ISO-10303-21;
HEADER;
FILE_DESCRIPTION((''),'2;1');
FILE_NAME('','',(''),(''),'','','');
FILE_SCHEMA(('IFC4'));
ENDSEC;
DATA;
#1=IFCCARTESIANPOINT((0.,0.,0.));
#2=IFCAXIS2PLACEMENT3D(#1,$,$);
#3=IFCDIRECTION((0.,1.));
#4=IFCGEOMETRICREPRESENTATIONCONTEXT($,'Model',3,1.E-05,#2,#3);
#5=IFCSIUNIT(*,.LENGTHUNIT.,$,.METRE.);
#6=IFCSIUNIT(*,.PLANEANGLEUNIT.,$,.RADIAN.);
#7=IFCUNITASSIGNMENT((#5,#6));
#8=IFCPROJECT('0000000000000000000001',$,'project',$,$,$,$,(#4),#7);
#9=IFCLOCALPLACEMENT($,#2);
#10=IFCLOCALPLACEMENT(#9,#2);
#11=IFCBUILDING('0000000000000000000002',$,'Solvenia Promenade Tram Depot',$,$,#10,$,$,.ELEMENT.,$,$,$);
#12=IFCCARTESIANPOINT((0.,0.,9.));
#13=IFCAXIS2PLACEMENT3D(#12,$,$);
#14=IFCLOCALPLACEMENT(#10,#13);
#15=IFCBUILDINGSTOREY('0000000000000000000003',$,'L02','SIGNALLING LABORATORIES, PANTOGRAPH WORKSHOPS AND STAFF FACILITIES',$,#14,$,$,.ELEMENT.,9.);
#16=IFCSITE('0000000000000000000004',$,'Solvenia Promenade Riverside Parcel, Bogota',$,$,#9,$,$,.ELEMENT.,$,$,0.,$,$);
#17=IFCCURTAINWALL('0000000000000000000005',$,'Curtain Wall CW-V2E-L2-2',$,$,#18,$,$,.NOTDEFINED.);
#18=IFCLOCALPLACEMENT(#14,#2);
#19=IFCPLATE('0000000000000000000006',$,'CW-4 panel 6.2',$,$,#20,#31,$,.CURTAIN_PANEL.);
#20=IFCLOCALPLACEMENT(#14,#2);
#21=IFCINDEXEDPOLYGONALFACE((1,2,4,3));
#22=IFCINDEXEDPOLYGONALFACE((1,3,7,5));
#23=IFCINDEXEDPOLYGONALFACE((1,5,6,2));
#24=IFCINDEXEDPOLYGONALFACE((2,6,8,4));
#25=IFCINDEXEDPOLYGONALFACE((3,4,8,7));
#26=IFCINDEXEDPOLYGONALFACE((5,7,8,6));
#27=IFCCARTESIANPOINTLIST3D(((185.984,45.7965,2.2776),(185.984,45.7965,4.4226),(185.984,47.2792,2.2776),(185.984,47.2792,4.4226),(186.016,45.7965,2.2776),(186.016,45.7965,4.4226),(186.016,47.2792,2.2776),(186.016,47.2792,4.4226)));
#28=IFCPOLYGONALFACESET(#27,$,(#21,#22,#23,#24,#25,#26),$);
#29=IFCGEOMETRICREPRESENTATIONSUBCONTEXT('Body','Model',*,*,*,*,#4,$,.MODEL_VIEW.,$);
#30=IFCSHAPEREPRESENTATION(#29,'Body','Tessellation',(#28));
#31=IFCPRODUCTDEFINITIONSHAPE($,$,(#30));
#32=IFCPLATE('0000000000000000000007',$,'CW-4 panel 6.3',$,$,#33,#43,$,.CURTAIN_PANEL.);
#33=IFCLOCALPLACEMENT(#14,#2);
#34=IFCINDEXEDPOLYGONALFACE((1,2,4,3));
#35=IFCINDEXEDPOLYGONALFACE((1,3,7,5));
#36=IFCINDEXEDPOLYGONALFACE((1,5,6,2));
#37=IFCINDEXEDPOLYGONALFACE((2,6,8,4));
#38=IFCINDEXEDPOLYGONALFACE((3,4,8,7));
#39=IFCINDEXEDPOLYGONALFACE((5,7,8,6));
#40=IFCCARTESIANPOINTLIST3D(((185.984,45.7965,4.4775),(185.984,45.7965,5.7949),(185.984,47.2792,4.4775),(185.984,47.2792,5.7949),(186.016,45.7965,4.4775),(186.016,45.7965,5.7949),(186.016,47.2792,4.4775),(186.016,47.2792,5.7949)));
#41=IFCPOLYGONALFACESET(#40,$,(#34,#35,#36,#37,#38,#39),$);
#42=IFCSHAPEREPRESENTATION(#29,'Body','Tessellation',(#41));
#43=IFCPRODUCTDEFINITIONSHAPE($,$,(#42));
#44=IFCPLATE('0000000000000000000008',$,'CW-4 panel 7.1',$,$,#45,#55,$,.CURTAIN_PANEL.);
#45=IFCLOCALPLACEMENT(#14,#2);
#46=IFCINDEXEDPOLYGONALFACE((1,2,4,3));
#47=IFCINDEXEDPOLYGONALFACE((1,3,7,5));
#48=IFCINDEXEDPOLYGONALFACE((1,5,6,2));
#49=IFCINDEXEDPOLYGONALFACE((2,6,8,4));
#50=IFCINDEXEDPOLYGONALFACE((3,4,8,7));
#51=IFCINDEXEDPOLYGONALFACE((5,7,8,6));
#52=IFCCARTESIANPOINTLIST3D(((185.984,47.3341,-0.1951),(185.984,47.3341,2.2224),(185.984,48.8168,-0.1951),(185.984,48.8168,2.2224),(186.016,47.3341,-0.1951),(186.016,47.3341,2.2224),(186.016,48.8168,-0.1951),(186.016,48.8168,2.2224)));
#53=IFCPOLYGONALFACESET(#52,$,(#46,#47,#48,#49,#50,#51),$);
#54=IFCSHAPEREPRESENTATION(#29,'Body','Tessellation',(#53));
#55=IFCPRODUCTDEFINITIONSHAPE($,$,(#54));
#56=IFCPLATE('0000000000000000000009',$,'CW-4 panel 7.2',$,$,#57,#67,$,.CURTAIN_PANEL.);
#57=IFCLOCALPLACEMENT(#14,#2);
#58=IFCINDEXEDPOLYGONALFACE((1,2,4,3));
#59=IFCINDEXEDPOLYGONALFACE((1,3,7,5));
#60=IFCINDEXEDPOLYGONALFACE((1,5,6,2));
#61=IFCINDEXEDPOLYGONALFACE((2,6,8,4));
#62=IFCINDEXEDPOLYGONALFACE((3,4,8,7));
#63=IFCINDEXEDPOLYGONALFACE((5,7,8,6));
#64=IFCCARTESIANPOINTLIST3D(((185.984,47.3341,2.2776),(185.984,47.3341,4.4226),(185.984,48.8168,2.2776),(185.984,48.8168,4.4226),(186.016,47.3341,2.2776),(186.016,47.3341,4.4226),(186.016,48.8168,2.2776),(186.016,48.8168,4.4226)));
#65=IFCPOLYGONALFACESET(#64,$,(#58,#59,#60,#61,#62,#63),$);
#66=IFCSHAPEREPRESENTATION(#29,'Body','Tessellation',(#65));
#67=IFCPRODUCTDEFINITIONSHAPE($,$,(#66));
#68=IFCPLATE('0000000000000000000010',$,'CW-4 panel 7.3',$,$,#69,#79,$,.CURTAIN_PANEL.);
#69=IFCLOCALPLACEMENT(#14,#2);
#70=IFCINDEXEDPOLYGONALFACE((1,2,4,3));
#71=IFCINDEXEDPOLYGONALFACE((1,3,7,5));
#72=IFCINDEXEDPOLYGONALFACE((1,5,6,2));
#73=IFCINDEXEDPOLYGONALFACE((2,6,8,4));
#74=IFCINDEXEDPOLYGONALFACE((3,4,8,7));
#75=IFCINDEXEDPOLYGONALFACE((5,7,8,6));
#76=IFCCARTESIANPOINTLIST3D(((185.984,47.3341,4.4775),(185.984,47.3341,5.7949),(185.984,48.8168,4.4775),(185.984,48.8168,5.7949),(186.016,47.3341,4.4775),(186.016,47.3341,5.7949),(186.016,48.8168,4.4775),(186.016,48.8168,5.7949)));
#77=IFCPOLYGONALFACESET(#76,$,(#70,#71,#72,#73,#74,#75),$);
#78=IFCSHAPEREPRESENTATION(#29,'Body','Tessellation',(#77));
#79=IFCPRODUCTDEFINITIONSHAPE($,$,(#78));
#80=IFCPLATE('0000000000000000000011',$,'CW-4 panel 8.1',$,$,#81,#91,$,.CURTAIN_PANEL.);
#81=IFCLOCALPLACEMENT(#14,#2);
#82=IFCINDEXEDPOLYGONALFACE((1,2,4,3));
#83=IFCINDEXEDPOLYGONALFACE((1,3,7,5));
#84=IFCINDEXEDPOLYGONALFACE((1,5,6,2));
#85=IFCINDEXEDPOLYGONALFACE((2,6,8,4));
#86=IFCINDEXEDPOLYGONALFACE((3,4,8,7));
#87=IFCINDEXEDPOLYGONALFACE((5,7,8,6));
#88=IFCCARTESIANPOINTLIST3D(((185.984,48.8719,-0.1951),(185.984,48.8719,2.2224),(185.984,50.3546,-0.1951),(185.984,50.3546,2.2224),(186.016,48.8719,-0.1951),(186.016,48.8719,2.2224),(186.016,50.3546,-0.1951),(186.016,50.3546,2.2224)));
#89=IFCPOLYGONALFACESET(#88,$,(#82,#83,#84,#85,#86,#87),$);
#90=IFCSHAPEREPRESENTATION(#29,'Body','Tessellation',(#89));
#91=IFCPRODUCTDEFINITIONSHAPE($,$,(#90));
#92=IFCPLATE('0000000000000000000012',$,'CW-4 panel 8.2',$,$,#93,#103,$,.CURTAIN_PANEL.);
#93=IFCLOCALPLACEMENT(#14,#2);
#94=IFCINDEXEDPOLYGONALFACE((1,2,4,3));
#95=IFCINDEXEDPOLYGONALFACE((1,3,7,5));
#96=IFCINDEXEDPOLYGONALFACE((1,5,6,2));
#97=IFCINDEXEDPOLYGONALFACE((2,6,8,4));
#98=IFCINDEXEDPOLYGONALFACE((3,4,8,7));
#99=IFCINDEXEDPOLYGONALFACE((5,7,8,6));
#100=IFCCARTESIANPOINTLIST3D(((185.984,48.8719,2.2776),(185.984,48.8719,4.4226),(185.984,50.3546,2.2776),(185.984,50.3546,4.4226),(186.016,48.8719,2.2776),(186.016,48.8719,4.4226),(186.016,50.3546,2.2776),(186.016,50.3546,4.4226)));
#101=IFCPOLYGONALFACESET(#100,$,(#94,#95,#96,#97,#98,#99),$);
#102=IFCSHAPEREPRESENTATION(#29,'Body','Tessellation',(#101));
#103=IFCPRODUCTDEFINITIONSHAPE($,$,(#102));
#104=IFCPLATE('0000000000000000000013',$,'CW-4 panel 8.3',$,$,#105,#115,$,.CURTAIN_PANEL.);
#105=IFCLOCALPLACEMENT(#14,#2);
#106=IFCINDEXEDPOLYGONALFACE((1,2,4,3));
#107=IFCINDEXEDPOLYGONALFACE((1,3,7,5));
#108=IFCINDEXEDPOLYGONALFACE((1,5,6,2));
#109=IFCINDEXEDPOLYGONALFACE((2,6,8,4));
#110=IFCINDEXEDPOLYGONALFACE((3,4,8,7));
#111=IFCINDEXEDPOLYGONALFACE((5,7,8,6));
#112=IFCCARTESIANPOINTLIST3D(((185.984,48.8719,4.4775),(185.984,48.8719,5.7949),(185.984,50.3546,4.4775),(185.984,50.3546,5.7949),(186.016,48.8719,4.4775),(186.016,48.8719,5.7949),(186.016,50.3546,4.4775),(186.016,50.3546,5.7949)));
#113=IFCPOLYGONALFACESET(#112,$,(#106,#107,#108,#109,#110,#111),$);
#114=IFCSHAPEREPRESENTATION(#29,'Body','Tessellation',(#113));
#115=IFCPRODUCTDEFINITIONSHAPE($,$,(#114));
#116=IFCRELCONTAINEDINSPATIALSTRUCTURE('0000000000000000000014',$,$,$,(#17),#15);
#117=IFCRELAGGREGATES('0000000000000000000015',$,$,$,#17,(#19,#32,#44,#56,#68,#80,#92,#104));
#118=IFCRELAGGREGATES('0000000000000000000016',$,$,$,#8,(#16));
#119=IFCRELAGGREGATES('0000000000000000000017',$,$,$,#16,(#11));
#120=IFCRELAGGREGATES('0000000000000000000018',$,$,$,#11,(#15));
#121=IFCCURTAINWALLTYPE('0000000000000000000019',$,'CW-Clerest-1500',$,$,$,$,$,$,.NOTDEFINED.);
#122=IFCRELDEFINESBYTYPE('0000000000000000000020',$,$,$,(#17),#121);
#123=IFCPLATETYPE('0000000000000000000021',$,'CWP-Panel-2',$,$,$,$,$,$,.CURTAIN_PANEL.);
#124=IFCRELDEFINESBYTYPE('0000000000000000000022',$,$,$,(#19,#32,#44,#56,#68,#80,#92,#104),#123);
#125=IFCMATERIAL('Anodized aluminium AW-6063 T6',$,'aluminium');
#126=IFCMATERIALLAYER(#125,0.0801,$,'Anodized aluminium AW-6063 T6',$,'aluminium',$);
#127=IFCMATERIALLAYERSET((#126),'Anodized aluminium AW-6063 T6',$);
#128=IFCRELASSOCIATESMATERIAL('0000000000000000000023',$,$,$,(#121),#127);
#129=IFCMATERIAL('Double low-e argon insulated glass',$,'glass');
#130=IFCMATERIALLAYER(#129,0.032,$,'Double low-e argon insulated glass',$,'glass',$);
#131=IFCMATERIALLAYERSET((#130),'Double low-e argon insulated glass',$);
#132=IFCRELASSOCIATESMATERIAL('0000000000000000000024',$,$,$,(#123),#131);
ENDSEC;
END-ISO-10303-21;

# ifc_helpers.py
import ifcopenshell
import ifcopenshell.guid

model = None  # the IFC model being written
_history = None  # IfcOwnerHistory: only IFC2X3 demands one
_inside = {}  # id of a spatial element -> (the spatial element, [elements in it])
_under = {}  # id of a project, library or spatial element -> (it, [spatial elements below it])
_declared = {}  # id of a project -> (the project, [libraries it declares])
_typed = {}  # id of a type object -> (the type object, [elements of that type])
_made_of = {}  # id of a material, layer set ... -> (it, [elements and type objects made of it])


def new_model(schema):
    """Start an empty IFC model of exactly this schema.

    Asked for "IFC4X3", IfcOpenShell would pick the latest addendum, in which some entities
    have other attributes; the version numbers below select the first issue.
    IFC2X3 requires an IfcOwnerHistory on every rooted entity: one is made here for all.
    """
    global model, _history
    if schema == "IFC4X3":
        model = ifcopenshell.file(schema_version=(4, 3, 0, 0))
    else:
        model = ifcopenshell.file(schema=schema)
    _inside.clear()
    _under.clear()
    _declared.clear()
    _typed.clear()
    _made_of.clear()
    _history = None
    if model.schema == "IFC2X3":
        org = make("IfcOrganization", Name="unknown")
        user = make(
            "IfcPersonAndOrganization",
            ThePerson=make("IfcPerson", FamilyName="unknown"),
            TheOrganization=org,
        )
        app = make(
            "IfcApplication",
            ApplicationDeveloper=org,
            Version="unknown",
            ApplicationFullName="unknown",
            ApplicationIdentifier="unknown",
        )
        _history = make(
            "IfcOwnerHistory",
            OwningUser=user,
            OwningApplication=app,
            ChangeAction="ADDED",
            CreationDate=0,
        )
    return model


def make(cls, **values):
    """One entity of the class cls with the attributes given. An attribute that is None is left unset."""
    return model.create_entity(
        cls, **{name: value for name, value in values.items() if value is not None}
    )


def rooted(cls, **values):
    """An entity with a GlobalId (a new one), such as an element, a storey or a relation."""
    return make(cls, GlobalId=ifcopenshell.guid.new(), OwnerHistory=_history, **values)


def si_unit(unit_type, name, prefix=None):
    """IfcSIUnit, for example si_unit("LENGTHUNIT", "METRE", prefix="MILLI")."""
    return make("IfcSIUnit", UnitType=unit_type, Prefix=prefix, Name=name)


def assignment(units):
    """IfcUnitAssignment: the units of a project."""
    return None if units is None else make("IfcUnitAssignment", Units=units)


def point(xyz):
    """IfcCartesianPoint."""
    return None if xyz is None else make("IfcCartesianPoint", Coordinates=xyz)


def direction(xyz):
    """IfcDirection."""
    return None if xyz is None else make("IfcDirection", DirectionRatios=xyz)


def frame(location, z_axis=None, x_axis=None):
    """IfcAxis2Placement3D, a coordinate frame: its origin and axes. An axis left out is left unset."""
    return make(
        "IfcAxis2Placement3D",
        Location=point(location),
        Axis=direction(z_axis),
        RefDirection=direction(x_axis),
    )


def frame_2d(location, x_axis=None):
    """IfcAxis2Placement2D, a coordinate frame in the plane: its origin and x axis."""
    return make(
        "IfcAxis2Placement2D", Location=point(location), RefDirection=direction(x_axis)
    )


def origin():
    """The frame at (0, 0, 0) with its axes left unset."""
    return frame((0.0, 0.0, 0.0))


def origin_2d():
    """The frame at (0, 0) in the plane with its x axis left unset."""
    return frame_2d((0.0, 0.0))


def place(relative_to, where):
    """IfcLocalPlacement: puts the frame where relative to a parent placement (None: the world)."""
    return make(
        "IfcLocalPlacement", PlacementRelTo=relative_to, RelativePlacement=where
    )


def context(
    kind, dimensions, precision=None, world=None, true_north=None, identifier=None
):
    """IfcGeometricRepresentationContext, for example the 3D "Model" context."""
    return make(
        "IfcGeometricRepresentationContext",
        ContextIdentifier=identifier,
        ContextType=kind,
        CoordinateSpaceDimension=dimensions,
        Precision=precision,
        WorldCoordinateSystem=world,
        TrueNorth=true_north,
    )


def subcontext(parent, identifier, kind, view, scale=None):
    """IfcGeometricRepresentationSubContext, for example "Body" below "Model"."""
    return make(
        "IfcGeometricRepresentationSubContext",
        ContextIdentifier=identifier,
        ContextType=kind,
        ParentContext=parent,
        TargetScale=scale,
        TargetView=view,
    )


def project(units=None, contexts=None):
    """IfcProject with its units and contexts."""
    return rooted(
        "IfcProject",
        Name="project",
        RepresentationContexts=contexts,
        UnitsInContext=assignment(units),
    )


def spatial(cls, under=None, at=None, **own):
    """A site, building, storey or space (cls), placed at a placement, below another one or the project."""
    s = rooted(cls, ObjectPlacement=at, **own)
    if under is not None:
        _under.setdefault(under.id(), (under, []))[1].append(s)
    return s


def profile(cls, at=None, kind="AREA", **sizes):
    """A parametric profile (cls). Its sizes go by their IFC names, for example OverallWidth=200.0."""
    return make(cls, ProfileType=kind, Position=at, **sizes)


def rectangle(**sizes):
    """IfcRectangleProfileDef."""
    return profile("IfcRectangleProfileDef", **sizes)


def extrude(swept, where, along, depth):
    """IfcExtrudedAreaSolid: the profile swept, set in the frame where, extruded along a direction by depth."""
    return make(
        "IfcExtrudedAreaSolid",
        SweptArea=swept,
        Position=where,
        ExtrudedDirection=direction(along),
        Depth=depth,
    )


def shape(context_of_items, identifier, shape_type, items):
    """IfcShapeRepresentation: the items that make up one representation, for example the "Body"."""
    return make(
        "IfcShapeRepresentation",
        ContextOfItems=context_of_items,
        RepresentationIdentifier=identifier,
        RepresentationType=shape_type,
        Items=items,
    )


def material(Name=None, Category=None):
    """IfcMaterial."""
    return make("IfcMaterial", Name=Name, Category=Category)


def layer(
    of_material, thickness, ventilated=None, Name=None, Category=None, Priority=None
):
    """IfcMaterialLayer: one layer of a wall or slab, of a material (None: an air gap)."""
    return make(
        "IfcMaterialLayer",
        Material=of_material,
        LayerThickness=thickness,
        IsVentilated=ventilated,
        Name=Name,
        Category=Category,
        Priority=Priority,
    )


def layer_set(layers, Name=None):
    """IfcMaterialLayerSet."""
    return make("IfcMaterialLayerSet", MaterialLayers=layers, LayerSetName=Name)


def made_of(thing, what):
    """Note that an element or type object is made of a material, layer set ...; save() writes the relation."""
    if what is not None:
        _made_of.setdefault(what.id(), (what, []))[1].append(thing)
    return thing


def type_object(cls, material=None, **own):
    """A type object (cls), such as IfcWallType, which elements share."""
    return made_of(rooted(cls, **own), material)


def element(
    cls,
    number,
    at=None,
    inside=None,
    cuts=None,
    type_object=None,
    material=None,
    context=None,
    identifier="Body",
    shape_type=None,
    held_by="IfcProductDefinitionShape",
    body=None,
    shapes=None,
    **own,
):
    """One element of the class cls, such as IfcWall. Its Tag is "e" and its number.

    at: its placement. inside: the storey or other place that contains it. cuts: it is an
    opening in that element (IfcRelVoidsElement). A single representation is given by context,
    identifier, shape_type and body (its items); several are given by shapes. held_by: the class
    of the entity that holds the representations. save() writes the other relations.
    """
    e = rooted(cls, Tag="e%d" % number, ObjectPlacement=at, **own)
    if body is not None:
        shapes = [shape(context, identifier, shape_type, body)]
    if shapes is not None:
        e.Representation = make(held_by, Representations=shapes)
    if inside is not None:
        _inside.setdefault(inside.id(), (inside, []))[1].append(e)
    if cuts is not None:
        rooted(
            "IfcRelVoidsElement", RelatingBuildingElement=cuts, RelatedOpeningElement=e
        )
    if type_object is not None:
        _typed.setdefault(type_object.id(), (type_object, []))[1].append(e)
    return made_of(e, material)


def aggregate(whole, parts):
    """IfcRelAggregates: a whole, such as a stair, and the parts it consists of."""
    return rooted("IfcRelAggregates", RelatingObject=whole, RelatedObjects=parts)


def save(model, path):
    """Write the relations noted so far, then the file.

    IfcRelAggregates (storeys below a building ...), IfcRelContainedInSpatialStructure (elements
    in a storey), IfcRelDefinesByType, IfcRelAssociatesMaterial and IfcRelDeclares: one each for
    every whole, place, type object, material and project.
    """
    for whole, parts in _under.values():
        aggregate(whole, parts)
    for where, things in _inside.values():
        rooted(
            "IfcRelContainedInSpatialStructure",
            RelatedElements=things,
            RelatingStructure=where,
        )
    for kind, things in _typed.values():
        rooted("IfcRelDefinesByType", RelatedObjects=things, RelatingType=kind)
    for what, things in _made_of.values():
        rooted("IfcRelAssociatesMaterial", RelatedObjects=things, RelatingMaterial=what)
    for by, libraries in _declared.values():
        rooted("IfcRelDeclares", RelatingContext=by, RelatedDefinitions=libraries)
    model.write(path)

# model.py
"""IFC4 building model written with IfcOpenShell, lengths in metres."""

from ifc_helpers import new_model, si_unit, direction, frame, origin, origin_2d, place, context, subcontext, project, spatial, rectangle, extrude, material, layer, layer_set, type_object, element, aggregate, save


model = new_model("IFC4")

# Units and contexts
model_context = context("Model", 3, precision=1e-05, world=origin(), true_north=direction((0.0, 1.0)))
body_context = subcontext(model_context, "Body", "Model", "MODEL_VIEW")
ifc_project = project(units=[si_unit("LENGTHUNIT", "METRE"), si_unit("PLANEANGLEUNIT", "RADIAN")], contexts=[model_context])

# Site, building, storey
site_placement = place(None, origin())
site = spatial("IfcSite", under=ifc_project, at=site_placement, Name="Solvenia Promenade Riverside Parcel, Bogota", CompositionType="ELEMENT", RefElevation=0.0)
building_placement = place(site_placement, origin())
building = spatial("IfcBuilding", under=site, at=building_placement, Name="Solvenia Promenade Tram Depot", CompositionType="ELEMENT")
storey_placement = place(building_placement, frame((0.0, 0.0, 9.0)))
storey = spatial("IfcBuildingStorey", under=building, at=storey_placement, Name="L02", Description="SIGNALLING LABORATORIES, PANTOGRAPH WORKSHOPS AND STAFF FACILITIES", CompositionType="ELEMENT", Elevation=9.0)

# Curtain wall, plates
ifc_material_1 = material(Name="Anodized aluminium AW-6063 T6", Category="aluminium")
ifc_layer_1 = layer(ifc_material_1, 0.0801, Name="Anodized aluminium AW-6063 T6", Category="aluminium")
ifc_layer_set_1 = layer_set([ifc_layer_1], Name="Anodized aluminium AW-6063 T6")
curtain_wall_type = type_object("IfcCurtainWallType", Name="CW-Clerest-1500", PredefinedType="NOTDEFINED", material=ifc_layer_set_1)
curtain_wall_placement = place(storey_placement, origin())
curtain_wall = element("IfcCurtainWall", 1, at=curtain_wall_placement, inside=storey, type_object=curtain_wall_type, Name="Curtain Wall CW-V2E-L2-2", PredefinedType="NOTDEFINED")
ifc_material_2 = material(Name="Double low-e argon insulated glass", Category="glass")
ifc_layer_2 = layer(ifc_material_2, 0.032, Name="Double low-e argon insulated glass", Category="glass")
ifc_layer_set_2 = layer_set([ifc_layer_2], Name="Double low-e argon insulated glass")
plate_type = type_object("IfcPlateType", Name="CWP-Panel-2", PredefinedType="CURTAIN_PANEL", material=ifc_layer_set_2)
plate_1_placement = place(storey_placement, frame((186.0, 46.5378, 2.2776), z_axis=(0.0, 0.0, 1.0), x_axis=(0.0, 1.0, 0.0)))
plate_1 = element("IfcPlate", 2, at=plate_1_placement, type_object=plate_type, Name="CW-4 panel 6.2", PredefinedType="CURTAIN_PANEL", context=body_context, shape_type="SweptSolid", body=[
    extrude(rectangle(XDim=1.4827, YDim=0.032, at=origin_2d()), origin(), (0.0, 0.0, 1.0), 2.145),
])
plate_2_placement = place(storey_placement, frame((186.0, 46.5378, 4.4775), z_axis=(0.0, 0.0, 1.0), x_axis=(0.0, 1.0, 0.0)))
plate_2 = element("IfcPlate", 3, at=plate_2_placement, type_object=plate_type, Name="CW-4 panel 6.3", PredefinedType="CURTAIN_PANEL", context=body_context, shape_type="SweptSolid", body=[
    extrude(rectangle(XDim=1.4827, YDim=0.032, at=origin_2d()), origin(), (0.0, 0.0, 1.0), 1.3174),
])
plate_3_placement = place(storey_placement, frame((186.0, 48.0754, -0.1951), z_axis=(0.0, 0.0, 1.0), x_axis=(0.0, 1.0, 0.0)))
plate_3 = element("IfcPlate", 4, at=plate_3_placement, type_object=plate_type, Name="CW-4 panel 7.1", PredefinedType="CURTAIN_PANEL", context=body_context, shape_type="SweptSolid", body=[
    extrude(rectangle(XDim=1.4827, YDim=0.032, at=origin_2d()), origin(), (0.0, 0.0, 1.0), 2.4175),
])
plate_4_placement = place(storey_placement, frame((186.0, 48.0754, 2.2776), z_axis=(0.0, 0.0, 1.0), x_axis=(0.0, 1.0, 0.0)))
plate_4 = element("IfcPlate", 5, at=plate_4_placement, type_object=plate_type, Name="CW-4 panel 7.2", PredefinedType="CURTAIN_PANEL", context=body_context, shape_type="SweptSolid", body=[
    extrude(rectangle(XDim=1.4827, YDim=0.032, at=origin_2d()), origin(), (0.0, 0.0, 1.0), 2.145),
])
plate_5_placement = place(storey_placement, frame((186.0, 48.0754, 4.4775), z_axis=(0.0, 0.0, 1.0), x_axis=(0.0, 1.0, 0.0)))
plate_5 = element("IfcPlate", 6, at=plate_5_placement, type_object=plate_type, Name="CW-4 panel 7.3", PredefinedType="CURTAIN_PANEL", context=body_context, shape_type="SweptSolid", body=[
    extrude(rectangle(XDim=1.4827, YDim=0.032, at=origin_2d()), origin(), (0.0, 0.0, 1.0), 1.3174),
])
plate_6_placement = place(storey_placement, frame((186.0, 49.6133, -0.1951), z_axis=(0.0, 0.0, 1.0), x_axis=(0.0, 1.0, 0.0)))
plate_6 = element("IfcPlate", 7, at=plate_6_placement, type_object=plate_type, Name="CW-4 panel 8.1", PredefinedType="CURTAIN_PANEL", context=body_context, shape_type="SweptSolid", body=[
    extrude(rectangle(XDim=1.4827, YDim=0.032, at=origin_2d()), origin(), (0.0, 0.0, 1.0), 2.4175),
])
plate_7_placement = place(storey_placement, frame((186.0, 49.6133, 2.2776), z_axis=(0.0, 0.0, 1.0), x_axis=(0.0, 1.0, 0.0)))
plate_7 = element("IfcPlate", 8, at=plate_7_placement, type_object=plate_type, Name="CW-4 panel 8.2", PredefinedType="CURTAIN_PANEL", context=body_context, shape_type="SweptSolid", body=[
    extrude(rectangle(XDim=1.4827, YDim=0.032, at=origin_2d()), origin(), (0.0, 0.0, 1.0), 2.145),
])
plate_8_placement = place(storey_placement, frame((186.0, 49.6133, 4.4775), z_axis=(0.0, 0.0, 1.0), x_axis=(0.0, 1.0, 0.0)))
plate_8 = element("IfcPlate", 9, at=plate_8_placement, type_object=plate_type, Name="CW-4 panel 8.3", PredefinedType="CURTAIN_PANEL", context=body_context, shape_type="SweptSolid", body=[
    extrude(rectangle(XDim=1.4827, YDim=0.032, at=origin_2d()), origin(), (0.0, 0.0, 1.0), 1.3174),
])
aggregate(curtain_wall, [plate_1, plate_2, plate_3, plate_4, plate_5, plate_6, plate_7, plate_8])

save(model, "model.ifc")
